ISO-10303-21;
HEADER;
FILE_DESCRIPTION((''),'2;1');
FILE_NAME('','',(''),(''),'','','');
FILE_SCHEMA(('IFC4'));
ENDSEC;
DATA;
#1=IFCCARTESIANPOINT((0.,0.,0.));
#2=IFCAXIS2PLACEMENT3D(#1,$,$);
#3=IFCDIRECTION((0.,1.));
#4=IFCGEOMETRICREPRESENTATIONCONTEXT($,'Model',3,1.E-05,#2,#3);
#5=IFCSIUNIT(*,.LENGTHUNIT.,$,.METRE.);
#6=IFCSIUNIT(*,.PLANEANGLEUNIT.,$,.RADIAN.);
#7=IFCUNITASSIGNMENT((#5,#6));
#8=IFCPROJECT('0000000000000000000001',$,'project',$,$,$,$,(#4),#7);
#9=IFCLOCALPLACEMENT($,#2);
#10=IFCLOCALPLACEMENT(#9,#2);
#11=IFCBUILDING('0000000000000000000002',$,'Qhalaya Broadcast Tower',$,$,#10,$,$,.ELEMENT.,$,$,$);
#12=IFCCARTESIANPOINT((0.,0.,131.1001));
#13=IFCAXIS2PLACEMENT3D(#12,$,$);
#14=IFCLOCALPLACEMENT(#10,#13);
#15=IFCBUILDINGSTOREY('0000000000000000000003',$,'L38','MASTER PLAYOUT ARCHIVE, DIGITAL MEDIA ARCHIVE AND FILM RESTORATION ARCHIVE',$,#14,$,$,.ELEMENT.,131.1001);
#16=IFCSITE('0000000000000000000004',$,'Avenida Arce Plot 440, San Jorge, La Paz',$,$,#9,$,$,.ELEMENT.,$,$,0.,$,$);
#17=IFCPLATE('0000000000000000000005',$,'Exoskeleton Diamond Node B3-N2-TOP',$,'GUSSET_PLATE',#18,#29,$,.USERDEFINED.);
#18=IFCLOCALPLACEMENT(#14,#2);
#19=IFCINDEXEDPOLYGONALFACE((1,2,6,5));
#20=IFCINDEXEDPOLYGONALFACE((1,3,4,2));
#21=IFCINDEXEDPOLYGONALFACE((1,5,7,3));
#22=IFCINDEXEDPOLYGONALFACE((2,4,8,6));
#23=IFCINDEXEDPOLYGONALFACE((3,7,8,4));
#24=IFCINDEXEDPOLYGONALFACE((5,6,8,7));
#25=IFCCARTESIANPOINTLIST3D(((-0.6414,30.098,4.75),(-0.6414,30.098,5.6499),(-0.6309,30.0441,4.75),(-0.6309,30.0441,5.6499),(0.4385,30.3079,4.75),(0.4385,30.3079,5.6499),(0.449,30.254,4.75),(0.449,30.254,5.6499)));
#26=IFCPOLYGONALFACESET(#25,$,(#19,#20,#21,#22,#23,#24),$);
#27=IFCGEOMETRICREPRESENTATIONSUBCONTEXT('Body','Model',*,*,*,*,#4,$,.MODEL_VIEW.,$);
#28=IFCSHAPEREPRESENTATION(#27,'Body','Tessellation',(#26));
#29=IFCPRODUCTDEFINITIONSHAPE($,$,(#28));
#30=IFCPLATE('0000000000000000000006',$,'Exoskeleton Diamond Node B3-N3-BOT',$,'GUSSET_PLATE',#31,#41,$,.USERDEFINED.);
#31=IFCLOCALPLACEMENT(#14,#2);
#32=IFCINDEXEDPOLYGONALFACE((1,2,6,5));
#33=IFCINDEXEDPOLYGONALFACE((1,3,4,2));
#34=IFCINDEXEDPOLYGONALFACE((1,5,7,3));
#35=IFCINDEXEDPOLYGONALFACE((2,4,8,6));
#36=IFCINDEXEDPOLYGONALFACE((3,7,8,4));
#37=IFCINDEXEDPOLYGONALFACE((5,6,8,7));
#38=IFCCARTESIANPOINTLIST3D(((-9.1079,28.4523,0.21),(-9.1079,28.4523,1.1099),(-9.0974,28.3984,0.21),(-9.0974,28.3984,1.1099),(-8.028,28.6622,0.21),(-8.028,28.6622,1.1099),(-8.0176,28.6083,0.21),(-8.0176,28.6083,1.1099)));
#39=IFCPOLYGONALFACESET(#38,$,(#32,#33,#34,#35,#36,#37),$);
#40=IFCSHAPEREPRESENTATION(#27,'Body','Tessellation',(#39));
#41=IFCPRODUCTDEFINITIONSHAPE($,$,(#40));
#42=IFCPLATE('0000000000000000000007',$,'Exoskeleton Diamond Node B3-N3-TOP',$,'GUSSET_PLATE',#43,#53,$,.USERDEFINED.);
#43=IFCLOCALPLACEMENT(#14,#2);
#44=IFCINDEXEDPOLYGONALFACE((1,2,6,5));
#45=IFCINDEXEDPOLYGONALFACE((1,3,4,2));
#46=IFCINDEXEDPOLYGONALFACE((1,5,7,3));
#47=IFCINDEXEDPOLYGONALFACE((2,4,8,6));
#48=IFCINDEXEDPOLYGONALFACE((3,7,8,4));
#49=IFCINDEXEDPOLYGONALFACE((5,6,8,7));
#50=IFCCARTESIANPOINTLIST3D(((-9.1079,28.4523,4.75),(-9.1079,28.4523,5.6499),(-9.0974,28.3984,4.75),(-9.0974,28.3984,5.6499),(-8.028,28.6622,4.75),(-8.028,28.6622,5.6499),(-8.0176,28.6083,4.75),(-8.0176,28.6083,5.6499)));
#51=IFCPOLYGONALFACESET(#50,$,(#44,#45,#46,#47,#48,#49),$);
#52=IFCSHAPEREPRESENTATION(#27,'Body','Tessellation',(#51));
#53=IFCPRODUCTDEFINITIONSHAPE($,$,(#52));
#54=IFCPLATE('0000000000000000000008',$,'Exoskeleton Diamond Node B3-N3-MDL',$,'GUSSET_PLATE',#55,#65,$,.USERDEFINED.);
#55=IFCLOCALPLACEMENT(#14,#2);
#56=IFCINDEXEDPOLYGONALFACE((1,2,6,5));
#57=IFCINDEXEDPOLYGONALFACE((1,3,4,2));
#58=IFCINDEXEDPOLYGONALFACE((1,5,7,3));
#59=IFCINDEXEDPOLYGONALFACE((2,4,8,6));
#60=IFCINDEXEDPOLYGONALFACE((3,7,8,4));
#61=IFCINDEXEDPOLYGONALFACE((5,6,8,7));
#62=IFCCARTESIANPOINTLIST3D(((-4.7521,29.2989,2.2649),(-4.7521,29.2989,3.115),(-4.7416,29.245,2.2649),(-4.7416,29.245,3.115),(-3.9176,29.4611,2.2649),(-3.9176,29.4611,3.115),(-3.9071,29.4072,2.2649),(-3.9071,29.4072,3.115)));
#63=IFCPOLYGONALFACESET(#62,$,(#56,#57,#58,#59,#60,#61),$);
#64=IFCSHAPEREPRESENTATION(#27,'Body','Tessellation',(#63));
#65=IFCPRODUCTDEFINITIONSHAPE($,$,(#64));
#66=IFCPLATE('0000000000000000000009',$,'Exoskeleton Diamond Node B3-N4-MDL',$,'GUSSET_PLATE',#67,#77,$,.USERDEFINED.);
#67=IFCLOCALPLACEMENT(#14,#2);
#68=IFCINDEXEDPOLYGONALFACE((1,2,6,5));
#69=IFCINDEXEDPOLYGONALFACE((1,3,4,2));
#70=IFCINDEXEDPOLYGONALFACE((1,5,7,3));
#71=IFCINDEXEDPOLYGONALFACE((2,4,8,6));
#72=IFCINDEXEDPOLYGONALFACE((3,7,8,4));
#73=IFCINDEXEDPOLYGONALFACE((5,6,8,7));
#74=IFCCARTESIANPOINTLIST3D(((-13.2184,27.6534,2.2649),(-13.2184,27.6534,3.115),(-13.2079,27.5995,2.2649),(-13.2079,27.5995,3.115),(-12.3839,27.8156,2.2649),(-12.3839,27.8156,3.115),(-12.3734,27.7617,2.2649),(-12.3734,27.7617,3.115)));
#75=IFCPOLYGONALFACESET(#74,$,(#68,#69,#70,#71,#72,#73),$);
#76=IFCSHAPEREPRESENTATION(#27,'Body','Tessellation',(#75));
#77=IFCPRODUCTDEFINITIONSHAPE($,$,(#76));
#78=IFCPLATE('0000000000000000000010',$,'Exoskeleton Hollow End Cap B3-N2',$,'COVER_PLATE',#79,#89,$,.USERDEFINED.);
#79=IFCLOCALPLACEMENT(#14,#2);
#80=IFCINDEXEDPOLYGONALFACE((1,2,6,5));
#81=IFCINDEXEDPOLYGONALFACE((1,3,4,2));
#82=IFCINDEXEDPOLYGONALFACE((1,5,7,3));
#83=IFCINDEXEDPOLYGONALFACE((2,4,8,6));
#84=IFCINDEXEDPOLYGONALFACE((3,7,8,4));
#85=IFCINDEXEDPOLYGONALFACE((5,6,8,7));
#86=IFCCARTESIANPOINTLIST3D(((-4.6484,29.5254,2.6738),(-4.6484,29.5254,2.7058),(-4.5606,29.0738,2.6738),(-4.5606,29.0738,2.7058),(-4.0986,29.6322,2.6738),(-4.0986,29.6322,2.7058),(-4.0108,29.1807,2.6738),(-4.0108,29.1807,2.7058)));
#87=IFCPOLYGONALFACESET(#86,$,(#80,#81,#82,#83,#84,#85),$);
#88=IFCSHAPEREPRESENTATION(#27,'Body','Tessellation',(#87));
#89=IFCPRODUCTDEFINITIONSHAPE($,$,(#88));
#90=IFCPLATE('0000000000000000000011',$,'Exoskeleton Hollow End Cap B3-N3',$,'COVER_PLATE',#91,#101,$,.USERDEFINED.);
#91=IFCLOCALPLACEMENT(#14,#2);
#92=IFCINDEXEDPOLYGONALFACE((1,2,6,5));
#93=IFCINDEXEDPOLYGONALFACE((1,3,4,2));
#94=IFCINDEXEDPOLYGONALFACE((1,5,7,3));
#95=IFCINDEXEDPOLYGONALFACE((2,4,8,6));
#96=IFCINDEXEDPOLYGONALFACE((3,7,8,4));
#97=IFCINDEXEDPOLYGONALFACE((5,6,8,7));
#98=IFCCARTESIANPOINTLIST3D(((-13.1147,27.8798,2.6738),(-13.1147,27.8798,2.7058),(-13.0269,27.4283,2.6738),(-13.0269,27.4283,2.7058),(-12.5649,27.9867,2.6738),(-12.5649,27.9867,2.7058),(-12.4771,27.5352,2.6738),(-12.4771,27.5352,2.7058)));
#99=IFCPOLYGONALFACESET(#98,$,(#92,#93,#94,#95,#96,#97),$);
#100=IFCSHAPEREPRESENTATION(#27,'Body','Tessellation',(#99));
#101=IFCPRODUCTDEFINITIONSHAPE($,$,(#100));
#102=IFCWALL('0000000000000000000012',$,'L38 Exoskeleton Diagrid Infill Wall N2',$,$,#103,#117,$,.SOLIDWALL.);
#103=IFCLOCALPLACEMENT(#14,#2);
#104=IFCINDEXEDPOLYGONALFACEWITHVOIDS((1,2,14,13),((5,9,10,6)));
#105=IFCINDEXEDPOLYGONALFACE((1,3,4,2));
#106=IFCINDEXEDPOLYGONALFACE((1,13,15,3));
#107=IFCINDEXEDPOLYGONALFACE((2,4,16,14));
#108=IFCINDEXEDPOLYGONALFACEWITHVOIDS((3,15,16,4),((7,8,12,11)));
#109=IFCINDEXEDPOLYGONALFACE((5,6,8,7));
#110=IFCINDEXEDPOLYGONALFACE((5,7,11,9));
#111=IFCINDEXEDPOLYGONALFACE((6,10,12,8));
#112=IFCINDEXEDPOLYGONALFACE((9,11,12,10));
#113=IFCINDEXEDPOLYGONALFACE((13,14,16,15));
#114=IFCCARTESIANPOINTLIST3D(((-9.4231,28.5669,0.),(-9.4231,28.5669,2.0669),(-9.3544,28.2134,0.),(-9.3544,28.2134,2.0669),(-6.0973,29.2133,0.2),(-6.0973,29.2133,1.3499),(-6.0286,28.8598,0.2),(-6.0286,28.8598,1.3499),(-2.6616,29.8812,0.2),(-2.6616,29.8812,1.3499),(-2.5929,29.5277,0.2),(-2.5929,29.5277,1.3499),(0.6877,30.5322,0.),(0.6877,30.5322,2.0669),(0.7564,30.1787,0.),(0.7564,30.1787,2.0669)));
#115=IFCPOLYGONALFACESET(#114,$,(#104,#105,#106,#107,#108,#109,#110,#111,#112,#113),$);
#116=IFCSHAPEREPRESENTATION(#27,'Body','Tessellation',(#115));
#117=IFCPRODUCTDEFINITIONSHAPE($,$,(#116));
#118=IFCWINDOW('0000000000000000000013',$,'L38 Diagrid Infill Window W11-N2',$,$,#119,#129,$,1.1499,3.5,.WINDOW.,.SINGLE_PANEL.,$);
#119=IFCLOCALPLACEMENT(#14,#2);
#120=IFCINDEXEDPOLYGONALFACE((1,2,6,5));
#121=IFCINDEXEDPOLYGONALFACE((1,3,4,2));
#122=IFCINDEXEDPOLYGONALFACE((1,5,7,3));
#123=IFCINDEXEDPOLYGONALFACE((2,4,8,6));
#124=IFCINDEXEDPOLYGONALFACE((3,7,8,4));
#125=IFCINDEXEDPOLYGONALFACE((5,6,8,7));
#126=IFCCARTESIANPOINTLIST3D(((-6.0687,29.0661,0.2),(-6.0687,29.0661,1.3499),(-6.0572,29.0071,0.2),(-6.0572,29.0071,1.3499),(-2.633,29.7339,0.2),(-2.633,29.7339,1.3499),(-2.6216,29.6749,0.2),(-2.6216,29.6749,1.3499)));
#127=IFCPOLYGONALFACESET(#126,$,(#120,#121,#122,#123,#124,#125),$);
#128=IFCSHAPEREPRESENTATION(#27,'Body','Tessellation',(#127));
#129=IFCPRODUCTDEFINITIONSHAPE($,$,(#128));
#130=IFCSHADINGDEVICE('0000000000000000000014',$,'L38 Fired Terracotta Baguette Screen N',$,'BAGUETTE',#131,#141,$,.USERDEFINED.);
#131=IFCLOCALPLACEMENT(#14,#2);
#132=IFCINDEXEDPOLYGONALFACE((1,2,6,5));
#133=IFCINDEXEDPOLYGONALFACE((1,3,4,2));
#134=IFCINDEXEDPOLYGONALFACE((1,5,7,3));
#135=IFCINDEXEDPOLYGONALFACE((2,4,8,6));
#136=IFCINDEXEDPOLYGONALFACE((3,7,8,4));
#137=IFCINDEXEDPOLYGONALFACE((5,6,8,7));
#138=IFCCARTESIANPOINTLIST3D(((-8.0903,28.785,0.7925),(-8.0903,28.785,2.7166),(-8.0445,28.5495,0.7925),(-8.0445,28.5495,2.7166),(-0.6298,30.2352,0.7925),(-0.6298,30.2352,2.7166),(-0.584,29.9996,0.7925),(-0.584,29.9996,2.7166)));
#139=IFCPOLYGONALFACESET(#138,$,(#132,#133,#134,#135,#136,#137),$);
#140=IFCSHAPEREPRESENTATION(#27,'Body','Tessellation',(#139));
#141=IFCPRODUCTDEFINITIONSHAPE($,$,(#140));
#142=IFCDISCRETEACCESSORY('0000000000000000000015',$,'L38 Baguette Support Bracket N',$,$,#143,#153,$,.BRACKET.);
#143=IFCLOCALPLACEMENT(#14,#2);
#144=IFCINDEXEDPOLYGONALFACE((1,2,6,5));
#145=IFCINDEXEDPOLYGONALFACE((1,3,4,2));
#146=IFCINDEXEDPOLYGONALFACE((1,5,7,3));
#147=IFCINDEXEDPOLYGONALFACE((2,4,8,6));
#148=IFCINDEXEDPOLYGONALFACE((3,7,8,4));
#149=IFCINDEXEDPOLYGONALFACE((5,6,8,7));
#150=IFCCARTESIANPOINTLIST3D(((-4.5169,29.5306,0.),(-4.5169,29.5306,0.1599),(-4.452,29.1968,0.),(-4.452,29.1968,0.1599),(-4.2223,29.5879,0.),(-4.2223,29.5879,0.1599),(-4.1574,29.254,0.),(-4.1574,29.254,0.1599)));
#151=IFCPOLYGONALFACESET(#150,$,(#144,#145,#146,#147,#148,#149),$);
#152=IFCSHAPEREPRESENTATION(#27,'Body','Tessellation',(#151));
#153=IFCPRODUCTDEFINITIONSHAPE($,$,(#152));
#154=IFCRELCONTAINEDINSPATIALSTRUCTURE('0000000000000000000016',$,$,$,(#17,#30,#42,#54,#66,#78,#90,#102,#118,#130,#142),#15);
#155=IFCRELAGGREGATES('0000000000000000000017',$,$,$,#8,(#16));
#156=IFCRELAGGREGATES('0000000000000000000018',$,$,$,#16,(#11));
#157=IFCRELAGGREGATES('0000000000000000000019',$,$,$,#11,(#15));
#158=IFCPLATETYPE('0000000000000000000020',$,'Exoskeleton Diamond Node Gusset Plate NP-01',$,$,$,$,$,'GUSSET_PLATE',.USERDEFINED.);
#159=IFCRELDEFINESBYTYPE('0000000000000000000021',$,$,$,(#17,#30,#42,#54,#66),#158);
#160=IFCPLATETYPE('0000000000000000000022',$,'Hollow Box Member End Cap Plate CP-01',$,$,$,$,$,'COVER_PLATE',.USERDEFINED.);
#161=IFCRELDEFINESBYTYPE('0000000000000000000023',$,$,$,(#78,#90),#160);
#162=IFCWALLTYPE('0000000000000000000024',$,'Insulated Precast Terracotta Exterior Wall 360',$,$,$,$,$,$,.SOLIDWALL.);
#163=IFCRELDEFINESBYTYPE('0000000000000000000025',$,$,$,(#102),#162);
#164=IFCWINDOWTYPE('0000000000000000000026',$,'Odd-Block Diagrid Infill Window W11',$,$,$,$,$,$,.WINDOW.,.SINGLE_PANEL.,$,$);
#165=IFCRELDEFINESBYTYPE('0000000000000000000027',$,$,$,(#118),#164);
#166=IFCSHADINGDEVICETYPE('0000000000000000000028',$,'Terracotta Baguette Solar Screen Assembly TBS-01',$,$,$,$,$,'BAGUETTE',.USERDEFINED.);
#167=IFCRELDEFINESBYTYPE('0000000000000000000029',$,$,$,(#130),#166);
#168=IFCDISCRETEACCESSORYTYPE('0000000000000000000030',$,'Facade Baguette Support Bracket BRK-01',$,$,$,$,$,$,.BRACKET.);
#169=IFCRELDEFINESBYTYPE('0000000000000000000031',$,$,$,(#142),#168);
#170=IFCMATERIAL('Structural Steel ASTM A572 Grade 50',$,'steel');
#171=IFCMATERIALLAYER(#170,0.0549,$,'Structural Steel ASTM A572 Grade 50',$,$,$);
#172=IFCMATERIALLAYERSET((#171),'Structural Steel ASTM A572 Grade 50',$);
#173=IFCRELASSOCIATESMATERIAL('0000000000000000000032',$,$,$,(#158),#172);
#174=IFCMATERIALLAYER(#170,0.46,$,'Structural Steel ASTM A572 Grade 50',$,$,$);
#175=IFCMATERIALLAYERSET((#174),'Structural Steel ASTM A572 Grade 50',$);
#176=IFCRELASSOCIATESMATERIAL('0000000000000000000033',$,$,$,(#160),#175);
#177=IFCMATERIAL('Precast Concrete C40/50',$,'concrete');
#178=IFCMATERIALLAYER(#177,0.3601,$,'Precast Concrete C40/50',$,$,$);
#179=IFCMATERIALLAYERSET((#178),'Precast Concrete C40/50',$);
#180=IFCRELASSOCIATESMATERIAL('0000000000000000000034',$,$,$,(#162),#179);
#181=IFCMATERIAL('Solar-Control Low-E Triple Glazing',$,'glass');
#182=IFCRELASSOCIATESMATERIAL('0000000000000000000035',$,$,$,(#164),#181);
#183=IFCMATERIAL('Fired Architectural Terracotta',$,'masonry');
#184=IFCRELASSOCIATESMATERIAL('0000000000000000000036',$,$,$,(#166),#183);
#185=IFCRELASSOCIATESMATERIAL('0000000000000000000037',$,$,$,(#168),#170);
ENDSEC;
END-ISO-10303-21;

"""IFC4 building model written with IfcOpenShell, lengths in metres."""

from ifc_helpers import new_model, si_unit, direction, frame, frame_2d, origin, origin_2d, place, context, subcontext, project, spatial, rectangle, extrude, material, layer, layer_set, type_object, element, fill, save


model = new_model("IFC4")

# Units and contexts
model_context = context("Model", 3, precision=1e-05, world=origin(), true_north=direction((0.0, 1.0)))
body_context = subcontext(model_context, "Body", "Model", "MODEL_VIEW")
ifc_project = project(units=[si_unit("LENGTHUNIT", "METRE"), si_unit("PLANEANGLEUNIT", "RADIAN")], contexts=[model_context])

# Site, building, storey
site_placement = place(None, origin())
site = spatial("IfcSite", under=ifc_project, at=site_placement, Name="Avenida Arce Plot 440, San Jorge, La Paz", CompositionType="ELEMENT", RefElevation=0.0)
building_placement = place(site_placement, origin())
building = spatial("IfcBuilding", under=site, at=building_placement, Name="Qhalaya Broadcast Tower", CompositionType="ELEMENT")
storey_placement = place(building_placement, frame((0.0, 0.0, 131.1001)))
storey = spatial("IfcBuildingStorey", under=building, at=storey_placement, Name="L38", Description="MASTER PLAYOUT ARCHIVE, DIGITAL MEDIA ARCHIVE AND FILM RESTORATION ARCHIVE", CompositionType="ELEMENT", Elevation=131.1001)

# Shared definitions
ifc_material_1 = material(Name="Structural Steel ASTM A572 Grade 50", Category="steel")

# Plates
ifc_layer_1 = layer(ifc_material_1, 0.0549, Name="Structural Steel ASTM A572 Grade 50")
ifc_layer_set_1 = layer_set([ifc_layer_1], Name="Structural Steel ASTM A572 Grade 50")
plate_type_1 = type_object("IfcPlateType", Name="Exoskeleton Diamond Node Gusset Plate NP-01", ElementType="GUSSET_PLATE", PredefinedType="USERDEFINED", material=ifc_layer_set_1)
for number, where, z_axis, x_axis, name in (
    (1, (-0.0962, 30.176, 4.75), (0.0, 0.0, 1.0), (0.981627, 0.190809, 0.0), "Exoskeleton Diamond Node B3-N2-TOP"),
    (2, (-8.5627, 28.5303, 0.21), (0.0, 0.0, 1.0), (0.981627, 0.190809, 0.0), "Exoskeleton Diamond Node B3-N3-BOT"),
    (3, (-8.5627, 28.5303, 4.75), (0.0, 0.0, 1.0), (0.981627, 0.190809, 0.0), "Exoskeleton Diamond Node B3-N3-TOP"),
):
    element("IfcPlate", number, at=place(storey_placement, frame(where, z_axis=z_axis, x_axis=x_axis)), inside=storey, type_object=plate_type_1, Name=name, ObjectType="GUSSET_PLATE", PredefinedType="USERDEFINED", context=body_context, shape_type="SweptSolid", body=[
        extrude(rectangle(XDim=1.1001, YDim=0.0549, at=origin_2d()), origin(), (0.0, 0.0, 1.0), 0.8999),
    ])
for number, where, z_axis, x_axis, name in (
    (4, (-4.3296, 29.353, 2.2649), (0.0, 0.0, 1.0), (0.981627, 0.190809, 0.0), "Exoskeleton Diamond Node B3-N3-MDL"),
    (5, (-12.7959, 27.7075, 2.2649), (0.0, 0.0, 1.0), (0.981627, 0.190809, 0.0), "Exoskeleton Diamond Node B3-N4-MDL"),
):
    element("IfcPlate", number, at=place(storey_placement, frame(where, z_axis=z_axis, x_axis=x_axis)), inside=storey, type_object=plate_type_1, Name=name, ObjectType="GUSSET_PLATE", PredefinedType="USERDEFINED", context=body_context, shape_type="SweptSolid", body=[
        extrude(rectangle(XDim=0.8501, YDim=0.0549, at=origin_2d()), origin(), (0.0, 0.0, 1.0), 0.8501),
    ])
ifc_layer_2 = layer(ifc_material_1, 0.46, Name="Structural Steel ASTM A572 Grade 50")
ifc_layer_set_2 = layer_set([ifc_layer_2], Name="Structural Steel ASTM A572 Grade 50")
plate_type_2 = type_object("IfcPlateType", Name="Hollow Box Member End Cap Plate CP-01", ElementType="COVER_PLATE", PredefinedType="USERDEFINED", material=ifc_layer_set_2)
for number, where, z_axis, x_axis, name in (
    (6, (-4.3296, 29.353, 2.6738), (0.0, 0.0, 1.0), (0.981627, 0.190809, 0.0), "Exoskeleton Hollow End Cap B3-N2"),
    (7, (-12.7959, 27.7075, 2.6738), (0.0, 0.0, 1.0), (0.981627, 0.190809, 0.0), "Exoskeleton Hollow End Cap B3-N3"),
):
    element("IfcPlate", number, at=place(storey_placement, frame(where, z_axis=z_axis, x_axis=x_axis)), inside=storey, type_object=plate_type_2, Name=name, ObjectType="COVER_PLATE", PredefinedType="USERDEFINED", context=body_context, shape_type="SweptSolid", body=[
        extrude(rectangle(XDim=0.5601, YDim=0.46, at=origin_2d()), origin(), (0.0, 0.0, 1.0), 0.032),
    ])

# Wall, opening, window
ifc_material_2 = material(Name="Precast Concrete C40/50", Category="concrete")
ifc_layer_3 = layer(ifc_material_2, 0.3601, Name="Precast Concrete C40/50")
ifc_layer_set_3 = layer_set([ifc_layer_3], Name="Precast Concrete C40/50")
wall_type = type_object("IfcWallType", Name="Insulated Precast Terracotta Exterior Wall 360", PredefinedType="SOLIDWALL", material=ifc_layer_set_3)
wall_placement = place(storey_placement, frame((-9.3887, 28.3901, 0.0), z_axis=(0.0, 0.0, 1.0), x_axis=(0.981627, 0.190807, 0.0)))
wall = element("IfcWall", 8, at=wall_placement, inside=storey, type_object=wall_type, Name="L38 Exoskeleton Diagrid Infill Wall N2", PredefinedType="SOLIDWALL", context=body_context, shape_type="SweptSolid", body=[
    extrude(rectangle(XDim=10.3, YDim=0.3601, at=frame_2d((5.1499, 0.0))), origin(), (0.0, 0.0, 1.0), 2.0669),
])
opening_placement = place(wall_placement, frame((3.3879, 0.0, 0.2)))
opening = element("IfcOpeningElement", 9, at=opening_placement, cuts=wall, PredefinedType="OPENING", context=body_context, shape_type="SweptSolid", body=[
    extrude(rectangle(XDim=3.5, YDim=1.1499, at=frame_2d((1.75, 0.575))), frame((0.0, 0.1921, 0.0), z_axis=(0.0, -1.0, 0.0), x_axis=(1.0, 0.0, 0.0)), (0.0, 0.0, 1.0), 0.384),
])
ifc_material_3 = material(Name="Solar-Control Low-E Triple Glazing", Category="glass")
window_type = type_object("IfcWindowType", Name="Odd-Block Diagrid Infill Window W11", PartitioningType="SINGLE_PANEL", PredefinedType="WINDOW", material=ifc_material_3)
window_placement = place(opening_placement, origin())
window = element("IfcWindow", 10, at=window_placement, inside=storey, type_object=window_type, Name="L38 Diagrid Infill Window W11-N2", OverallHeight=1.1499, OverallWidth=3.5, PartitioningType="SINGLE_PANEL", PredefinedType="WINDOW", context=body_context, shape_type="SweptSolid", body=[
    extrude(rectangle(XDim=3.5, YDim=1.1499, at=frame_2d((1.75, 0.575))), frame((0.0, 0.03, 0.0), z_axis=(0.0, -1.0, 0.0), x_axis=(1.0, 0.0, 0.0)), (0.0, 0.0, 1.0), 0.0601),
])
fill(opening, window)

# Shading device
ifc_material_4 = material(Name="Fired Architectural Terracotta", Category="masonry")
shading_device_type = type_object("IfcShadingDeviceType", Name="Terracotta Baguette Solar Screen Assembly TBS-01", ElementType="BAGUETTE", PredefinedType="USERDEFINED", material=ifc_material_4)
shading_device_placement = place(storey_placement, frame((-4.3372, 29.3923, 0.7925), z_axis=(0.0, 0.0, 1.0), x_axis=(-0.981627, -0.190809, 0.0)))
element("IfcShadingDevice", 11, at=shading_device_placement, inside=storey, type_object=shading_device_type, Name="L38 Fired Terracotta Baguette Screen N", ObjectType="BAGUETTE", PredefinedType="USERDEFINED", context=body_context, shape_type="SweptSolid", body=[
    extrude(rectangle(XDim=7.6001, YDim=0.24, at=origin_2d()), origin(), (0.0, 0.0, 1.0), 1.9241),
])

# Discrete accessory
discrete_accessory_type = type_object("IfcDiscreteAccessoryType", Name="Facade Baguette Support Bracket BRK-01", PredefinedType="BRACKET", material=ifc_material_1)
discrete_accessory_placement = place(storey_placement, frame((-4.3372, 29.3923, 0.0), z_axis=(0.0, 0.0, 1.0), x_axis=(-0.981627, -0.190809, 0.0)))
element("IfcDiscreteAccessory", 12, at=discrete_accessory_placement, inside=storey, type_object=discrete_accessory_type, Name="L38 Baguette Support Bracket N", PredefinedType="BRACKET", context=body_context, shape_type="SweptSolid", body=[
    extrude(rectangle(XDim=0.3, YDim=0.3401, at=origin_2d()), origin(), (0.0, 0.0, 1.0), 0.1599),
])

save(model, "model.ifc")
